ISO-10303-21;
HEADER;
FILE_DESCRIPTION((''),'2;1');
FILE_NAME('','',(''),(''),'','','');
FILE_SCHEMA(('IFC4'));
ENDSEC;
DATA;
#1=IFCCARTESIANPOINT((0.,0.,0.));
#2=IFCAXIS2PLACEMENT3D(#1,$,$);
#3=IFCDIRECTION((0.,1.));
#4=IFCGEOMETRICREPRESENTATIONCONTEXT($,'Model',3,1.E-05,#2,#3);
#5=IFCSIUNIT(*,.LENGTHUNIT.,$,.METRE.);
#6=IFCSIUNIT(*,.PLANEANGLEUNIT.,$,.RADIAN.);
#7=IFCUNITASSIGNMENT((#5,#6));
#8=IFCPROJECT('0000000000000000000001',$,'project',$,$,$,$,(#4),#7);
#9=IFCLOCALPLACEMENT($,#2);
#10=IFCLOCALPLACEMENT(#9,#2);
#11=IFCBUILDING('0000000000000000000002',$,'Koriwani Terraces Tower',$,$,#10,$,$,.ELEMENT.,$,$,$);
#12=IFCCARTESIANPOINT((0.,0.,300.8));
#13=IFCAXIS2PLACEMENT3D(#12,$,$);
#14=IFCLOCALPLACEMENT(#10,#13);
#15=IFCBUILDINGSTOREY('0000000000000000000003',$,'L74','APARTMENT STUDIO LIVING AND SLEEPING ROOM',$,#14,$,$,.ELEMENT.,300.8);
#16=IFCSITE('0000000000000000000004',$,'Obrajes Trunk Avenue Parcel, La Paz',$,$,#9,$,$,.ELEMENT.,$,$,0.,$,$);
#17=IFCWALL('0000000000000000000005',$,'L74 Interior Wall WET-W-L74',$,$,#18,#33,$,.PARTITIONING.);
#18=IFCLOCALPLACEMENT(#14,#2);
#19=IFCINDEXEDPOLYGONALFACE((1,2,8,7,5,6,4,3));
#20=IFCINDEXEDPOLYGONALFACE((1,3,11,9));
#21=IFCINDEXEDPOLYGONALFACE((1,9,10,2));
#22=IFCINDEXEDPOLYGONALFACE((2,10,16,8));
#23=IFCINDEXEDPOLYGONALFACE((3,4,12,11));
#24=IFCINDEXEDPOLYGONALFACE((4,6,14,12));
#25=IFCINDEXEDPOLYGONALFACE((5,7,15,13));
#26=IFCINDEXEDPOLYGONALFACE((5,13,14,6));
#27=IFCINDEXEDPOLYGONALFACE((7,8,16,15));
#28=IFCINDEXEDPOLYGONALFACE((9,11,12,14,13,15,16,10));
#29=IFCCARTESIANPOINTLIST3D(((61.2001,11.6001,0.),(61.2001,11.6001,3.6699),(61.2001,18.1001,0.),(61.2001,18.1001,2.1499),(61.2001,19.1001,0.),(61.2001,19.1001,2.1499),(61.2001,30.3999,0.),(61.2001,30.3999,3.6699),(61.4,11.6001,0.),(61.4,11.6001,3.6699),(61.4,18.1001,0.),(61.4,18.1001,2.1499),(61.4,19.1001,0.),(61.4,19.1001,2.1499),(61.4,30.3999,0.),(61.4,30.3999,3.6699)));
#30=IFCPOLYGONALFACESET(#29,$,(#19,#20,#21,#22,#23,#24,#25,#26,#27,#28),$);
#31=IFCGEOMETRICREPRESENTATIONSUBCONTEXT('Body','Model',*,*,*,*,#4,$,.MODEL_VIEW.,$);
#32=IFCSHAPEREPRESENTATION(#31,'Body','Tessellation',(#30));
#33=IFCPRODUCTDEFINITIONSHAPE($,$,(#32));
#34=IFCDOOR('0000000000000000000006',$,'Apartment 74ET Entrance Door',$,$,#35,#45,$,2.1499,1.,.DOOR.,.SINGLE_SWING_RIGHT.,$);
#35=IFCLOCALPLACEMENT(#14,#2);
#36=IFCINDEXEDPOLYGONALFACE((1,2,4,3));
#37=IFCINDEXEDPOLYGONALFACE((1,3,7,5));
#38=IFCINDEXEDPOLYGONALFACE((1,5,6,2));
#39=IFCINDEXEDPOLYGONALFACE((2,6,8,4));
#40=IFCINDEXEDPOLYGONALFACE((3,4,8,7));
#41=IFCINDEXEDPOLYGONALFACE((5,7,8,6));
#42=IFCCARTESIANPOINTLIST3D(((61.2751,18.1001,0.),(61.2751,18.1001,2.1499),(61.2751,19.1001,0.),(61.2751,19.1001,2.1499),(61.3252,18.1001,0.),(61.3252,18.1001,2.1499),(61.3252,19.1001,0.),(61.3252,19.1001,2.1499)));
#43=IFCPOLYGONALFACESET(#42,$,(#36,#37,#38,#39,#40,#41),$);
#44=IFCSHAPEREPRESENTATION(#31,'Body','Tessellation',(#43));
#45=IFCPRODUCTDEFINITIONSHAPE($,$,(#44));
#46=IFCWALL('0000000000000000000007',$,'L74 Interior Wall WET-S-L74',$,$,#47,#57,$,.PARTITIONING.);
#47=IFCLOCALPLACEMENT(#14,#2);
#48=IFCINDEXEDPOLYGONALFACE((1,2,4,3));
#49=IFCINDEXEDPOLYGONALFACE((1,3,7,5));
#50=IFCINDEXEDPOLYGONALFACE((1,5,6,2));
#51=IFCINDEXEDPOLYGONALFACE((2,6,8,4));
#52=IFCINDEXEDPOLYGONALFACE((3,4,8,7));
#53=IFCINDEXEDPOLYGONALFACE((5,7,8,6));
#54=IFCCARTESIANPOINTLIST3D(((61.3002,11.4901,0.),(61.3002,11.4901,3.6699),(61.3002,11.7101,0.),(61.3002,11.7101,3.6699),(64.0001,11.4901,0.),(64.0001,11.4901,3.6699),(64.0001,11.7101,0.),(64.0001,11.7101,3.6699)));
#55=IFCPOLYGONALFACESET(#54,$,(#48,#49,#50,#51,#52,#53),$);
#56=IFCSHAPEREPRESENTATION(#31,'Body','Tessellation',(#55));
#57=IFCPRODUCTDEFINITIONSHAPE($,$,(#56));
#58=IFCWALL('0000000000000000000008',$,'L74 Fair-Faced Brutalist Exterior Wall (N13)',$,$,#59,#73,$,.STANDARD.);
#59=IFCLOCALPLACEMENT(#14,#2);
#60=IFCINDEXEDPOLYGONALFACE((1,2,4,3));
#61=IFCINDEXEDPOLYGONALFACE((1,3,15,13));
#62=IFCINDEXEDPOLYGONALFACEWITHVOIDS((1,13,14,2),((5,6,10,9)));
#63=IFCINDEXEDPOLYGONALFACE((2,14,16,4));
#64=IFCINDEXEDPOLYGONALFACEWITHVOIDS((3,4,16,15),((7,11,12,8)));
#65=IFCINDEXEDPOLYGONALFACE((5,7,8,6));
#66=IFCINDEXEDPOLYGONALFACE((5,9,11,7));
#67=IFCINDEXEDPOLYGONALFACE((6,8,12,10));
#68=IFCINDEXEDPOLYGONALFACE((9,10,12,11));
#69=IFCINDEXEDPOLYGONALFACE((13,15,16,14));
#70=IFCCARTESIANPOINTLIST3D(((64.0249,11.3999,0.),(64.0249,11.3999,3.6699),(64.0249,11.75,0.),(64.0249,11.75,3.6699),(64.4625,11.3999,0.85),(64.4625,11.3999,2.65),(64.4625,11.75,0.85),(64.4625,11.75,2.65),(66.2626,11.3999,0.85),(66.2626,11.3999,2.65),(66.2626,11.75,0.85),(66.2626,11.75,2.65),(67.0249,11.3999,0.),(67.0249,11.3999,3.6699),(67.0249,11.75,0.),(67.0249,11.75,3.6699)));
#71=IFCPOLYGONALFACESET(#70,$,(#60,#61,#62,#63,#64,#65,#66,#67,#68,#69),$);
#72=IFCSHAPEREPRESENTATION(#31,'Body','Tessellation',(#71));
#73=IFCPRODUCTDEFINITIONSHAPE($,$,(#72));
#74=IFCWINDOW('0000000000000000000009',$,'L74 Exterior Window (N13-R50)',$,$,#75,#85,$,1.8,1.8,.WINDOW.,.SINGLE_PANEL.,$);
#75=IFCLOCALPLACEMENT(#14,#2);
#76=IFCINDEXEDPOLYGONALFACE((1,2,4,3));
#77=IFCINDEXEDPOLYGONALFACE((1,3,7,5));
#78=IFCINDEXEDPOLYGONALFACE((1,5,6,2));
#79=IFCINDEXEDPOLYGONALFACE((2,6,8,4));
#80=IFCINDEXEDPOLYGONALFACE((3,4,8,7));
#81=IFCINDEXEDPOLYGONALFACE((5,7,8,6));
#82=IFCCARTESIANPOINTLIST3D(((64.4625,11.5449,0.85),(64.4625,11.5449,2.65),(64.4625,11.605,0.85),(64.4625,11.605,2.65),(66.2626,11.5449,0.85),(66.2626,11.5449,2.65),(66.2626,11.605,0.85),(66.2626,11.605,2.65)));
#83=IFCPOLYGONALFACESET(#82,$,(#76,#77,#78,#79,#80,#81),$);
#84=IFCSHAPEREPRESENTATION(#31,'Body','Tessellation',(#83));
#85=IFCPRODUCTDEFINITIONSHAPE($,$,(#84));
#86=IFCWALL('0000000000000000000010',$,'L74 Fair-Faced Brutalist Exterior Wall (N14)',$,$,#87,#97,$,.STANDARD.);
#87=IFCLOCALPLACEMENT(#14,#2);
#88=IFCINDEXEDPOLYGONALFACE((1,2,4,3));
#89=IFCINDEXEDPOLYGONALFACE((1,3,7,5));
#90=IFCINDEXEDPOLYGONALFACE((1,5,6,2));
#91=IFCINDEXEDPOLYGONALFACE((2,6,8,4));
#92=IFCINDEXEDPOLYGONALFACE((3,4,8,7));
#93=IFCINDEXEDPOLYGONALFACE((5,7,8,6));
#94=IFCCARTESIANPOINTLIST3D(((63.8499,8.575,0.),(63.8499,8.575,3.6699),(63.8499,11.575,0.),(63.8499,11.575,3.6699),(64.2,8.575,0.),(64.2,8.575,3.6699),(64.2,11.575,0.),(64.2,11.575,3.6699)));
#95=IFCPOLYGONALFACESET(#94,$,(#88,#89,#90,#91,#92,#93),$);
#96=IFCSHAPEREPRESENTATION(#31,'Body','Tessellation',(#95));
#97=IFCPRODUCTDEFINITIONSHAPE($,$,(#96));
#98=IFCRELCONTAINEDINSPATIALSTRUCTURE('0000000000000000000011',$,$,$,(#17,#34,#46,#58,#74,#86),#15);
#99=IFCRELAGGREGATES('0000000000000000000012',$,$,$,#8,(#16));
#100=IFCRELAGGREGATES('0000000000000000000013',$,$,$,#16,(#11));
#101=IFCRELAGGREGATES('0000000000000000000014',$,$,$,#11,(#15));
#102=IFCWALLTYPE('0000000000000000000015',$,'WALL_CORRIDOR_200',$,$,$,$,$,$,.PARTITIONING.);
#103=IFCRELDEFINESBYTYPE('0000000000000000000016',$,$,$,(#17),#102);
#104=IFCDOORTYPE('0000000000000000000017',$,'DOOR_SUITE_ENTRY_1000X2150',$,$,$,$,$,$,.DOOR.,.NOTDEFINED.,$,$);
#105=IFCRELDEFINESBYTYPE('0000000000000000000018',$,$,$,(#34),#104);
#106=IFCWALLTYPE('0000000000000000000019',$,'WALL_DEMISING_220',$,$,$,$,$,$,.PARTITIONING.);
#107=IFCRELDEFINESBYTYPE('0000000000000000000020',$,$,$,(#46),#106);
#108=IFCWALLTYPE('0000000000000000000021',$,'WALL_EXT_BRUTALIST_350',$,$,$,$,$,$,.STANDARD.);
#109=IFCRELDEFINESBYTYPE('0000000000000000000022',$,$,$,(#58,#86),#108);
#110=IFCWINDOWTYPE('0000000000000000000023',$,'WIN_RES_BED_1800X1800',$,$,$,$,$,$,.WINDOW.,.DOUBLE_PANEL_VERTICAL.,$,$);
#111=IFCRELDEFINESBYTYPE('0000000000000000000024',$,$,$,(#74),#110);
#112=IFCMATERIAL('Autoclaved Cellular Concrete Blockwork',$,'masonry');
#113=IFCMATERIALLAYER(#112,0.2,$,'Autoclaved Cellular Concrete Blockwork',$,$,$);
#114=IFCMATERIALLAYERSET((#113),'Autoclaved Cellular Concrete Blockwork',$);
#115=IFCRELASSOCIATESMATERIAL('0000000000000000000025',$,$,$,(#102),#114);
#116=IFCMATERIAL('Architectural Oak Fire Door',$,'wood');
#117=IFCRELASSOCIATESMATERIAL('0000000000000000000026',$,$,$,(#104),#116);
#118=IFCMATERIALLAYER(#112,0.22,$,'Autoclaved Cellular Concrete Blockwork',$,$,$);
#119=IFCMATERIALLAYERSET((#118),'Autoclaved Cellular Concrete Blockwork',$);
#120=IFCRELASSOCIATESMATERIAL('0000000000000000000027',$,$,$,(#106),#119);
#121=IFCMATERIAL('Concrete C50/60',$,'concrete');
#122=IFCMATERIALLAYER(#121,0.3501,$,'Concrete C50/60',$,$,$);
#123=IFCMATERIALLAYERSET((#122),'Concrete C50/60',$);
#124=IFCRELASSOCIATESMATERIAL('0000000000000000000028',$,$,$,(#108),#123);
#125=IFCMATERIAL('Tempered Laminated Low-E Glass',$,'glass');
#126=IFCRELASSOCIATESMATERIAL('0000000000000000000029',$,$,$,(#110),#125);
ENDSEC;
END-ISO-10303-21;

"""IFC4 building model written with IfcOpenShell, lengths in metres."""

from ifc_helpers import new_model, si_unit, direction, frame, frame_2d, origin, place, context, subcontext, project, spatial, rectangle, extrude, material, layer, layer_set, type_object, element, fill, save


model = new_model("IFC4")

# Units and contexts
model_context = context("Model", 3, precision=1e-05, world=origin(), true_north=direction((0.0, 1.0)))
body_context = subcontext(model_context, "Body", "Model", "MODEL_VIEW")
ifc_project = project(units=[si_unit("LENGTHUNIT", "METRE"), si_unit("PLANEANGLEUNIT", "RADIAN")], contexts=[model_context])

# Site, building, storey
site_placement = place(None, origin())
site = spatial("IfcSite", under=ifc_project, at=site_placement, Name="Obrajes Trunk Avenue Parcel, La Paz", CompositionType="ELEMENT", RefElevation=0.0)
building_placement = place(site_placement, origin())
building = spatial("IfcBuilding", under=site, at=building_placement, Name="Koriwani Terraces Tower", CompositionType="ELEMENT")
storey_placement = place(building_placement, frame((0.0, 0.0, 300.8)))
storey = spatial("IfcBuildingStorey", under=building, at=storey_placement, Name="L74", Description="APARTMENT STUDIO LIVING AND SLEEPING ROOM", CompositionType="ELEMENT", Elevation=300.8)

# Shared definitions
ifc_material_1 = material(Name="Concrete C50/60", Category="concrete")

# Wall, opening, door
ifc_material_2 = material(Name="Autoclaved Cellular Concrete Blockwork", Category="masonry")
ifc_layer_1 = layer(ifc_material_2, 0.2, Name="Autoclaved Cellular Concrete Blockwork")
ifc_layer_set_1 = layer_set([ifc_layer_1], Name="Autoclaved Cellular Concrete Blockwork")
wall_type_1 = type_object("IfcWallType", Name="WALL_CORRIDOR_200", PredefinedType="PARTITIONING", material=ifc_layer_set_1)
ifc_material_3 = material(Name="Architectural Oak Fire Door", Category="wood")
wall_1_placement = place(storey_placement, frame((61.3, 11.6001, 0.0), z_axis=(0.0, 0.0, 1.0), x_axis=(0.0, 1.0, 0.0)))
wall_1 = element("IfcWall", 1, at=wall_1_placement, inside=storey, type_object=wall_type_1, Name="L74 Interior Wall WET-W-L74", PredefinedType="PARTITIONING", context=body_context, shape_type="SweptSolid", body=[
    extrude(rectangle(XDim=18.7998, YDim=0.2, at=frame_2d((9.3999, 0.0))), origin(), (0.0, 0.0, 1.0), 3.6699),
])
opening_1_placement = place(wall_1_placement, frame((6.5, 0.0, 0.0)))
opening_1 = element("IfcOpeningElement", 2, at=opening_1_placement, cuts=wall_1, PredefinedType="OPENING", context=body_context, shape_type="SweptSolid", body=[
    extrude(rectangle(XDim=1.0, YDim=2.1499, at=frame_2d((0.5, 1.075))), frame((0.0, 0.1099, 0.0), z_axis=(0.0, -1.0, 0.0), x_axis=(1.0, 0.0, 0.0)), (0.0, 0.0, 1.0), 0.22),
])
door_type_1 = type_object("IfcDoorType", Name="DOOR_SUITE_ENTRY_1000X2150", OperationType="NOTDEFINED", PredefinedType="DOOR", material=ifc_material_3)
door_1_placement = place(opening_1_placement, origin())
door_1 = element("IfcDoor", 3, at=door_1_placement, inside=storey, type_object=door_type_1, Name="Apartment 74ET Entrance Door", OperationType="SINGLE_SWING_RIGHT", OverallHeight=2.1499, OverallWidth=1.0, PredefinedType="DOOR", context=body_context, shape_type="SweptSolid", body=[
    extrude(rectangle(XDim=1.0, YDim=2.1499, at=frame_2d((0.5, 1.075))), frame((0.0, 0.0249, 0.0), z_axis=(0.0, -1.0, 0.0), x_axis=(1.0, 0.0, 0.0)), (0.0, 0.0, 1.0), 0.05),
])
fill(opening_1, door_1)

# Wall
ifc_layer_2 = layer(ifc_material_2, 0.22, Name="Autoclaved Cellular Concrete Blockwork")
ifc_layer_set_2 = layer_set([ifc_layer_2], Name="Autoclaved Cellular Concrete Blockwork")
wall_type_2 = type_object("IfcWallType", Name="WALL_DEMISING_220", PredefinedType="PARTITIONING", material=ifc_layer_set_2)
wall_2_placement = place(storey_placement, frame((61.3, 11.6001, 0.0), z_axis=(0.0, 0.0, 1.0), x_axis=(1.0, 0.0, 0.0)))
element("IfcWall", 4, at=wall_2_placement, inside=storey, type_object=wall_type_2, Name="L74 Interior Wall WET-S-L74", PredefinedType="PARTITIONING", context=body_context, shape_type="SweptSolid", body=[
    extrude(rectangle(XDim=2.7, YDim=0.22, at=frame_2d((1.3501, 0.0))), origin(), (0.0, 0.0, 1.0), 3.6699),
])

# Wall, opening, window
ifc_layer_3 = layer(ifc_material_1, 0.3501, Name="Concrete C50/60")
ifc_layer_set_3 = layer_set([ifc_layer_3], Name="Concrete C50/60")
wall_type_3 = type_object("IfcWallType", Name="WALL_EXT_BRUTALIST_350", PredefinedType="STANDARD", material=ifc_layer_set_3)
wall_3_placement = place(storey_placement, frame((67.0249, 11.575, 0.0), z_axis=(0.0, 0.0, 1.0), x_axis=(-1.0, 0.0, 0.0)))
wall_3 = element("IfcWall", 5, at=wall_3_placement, inside=storey, type_object=wall_type_3, Name="L74 Fair-Faced Brutalist Exterior Wall (N13)", PredefinedType="STANDARD", context=body_context, shape_type="SweptSolid", body=[
    extrude(rectangle(XDim=3.0, YDim=0.3501, at=frame_2d((1.5, 0.0))), origin(), (0.0, 0.0, 1.0), 3.6699),
])
opening_2_placement = place(wall_3_placement, frame((0.7625, 0.0, 0.8501)))
opening_2 = element("IfcOpeningElement", 6, at=opening_2_placement, cuts=wall_3, PredefinedType="OPENING", context=body_context, shape_type="SweptSolid", body=[
    extrude(rectangle(XDim=1.8, YDim=1.8, at=frame_2d((0.8999, 0.8999))), frame((0.0, 0.1851, 0.0), z_axis=(0.0, -1.0, 0.0), x_axis=(1.0, 0.0, 0.0)), (0.0, 0.0, 1.0), 0.3701),
])
ifc_material_4 = material(Name="Tempered Laminated Low-E Glass", Category="glass")
window_type_1 = type_object("IfcWindowType", Name="WIN_RES_BED_1800X1800", PartitioningType="DOUBLE_PANEL_VERTICAL", PredefinedType="WINDOW", material=ifc_material_4)
window_1_placement = place(opening_2_placement, origin())
window_1 = element("IfcWindow", 7, at=window_1_placement, inside=storey, type_object=window_type_1, Name="L74 Exterior Window (N13-R50)", OverallHeight=1.8, OverallWidth=1.8, PartitioningType="SINGLE_PANEL", PredefinedType="WINDOW", context=body_context, shape_type="SweptSolid", body=[
    extrude(rectangle(XDim=1.8, YDim=1.8, at=frame_2d((0.8999, 0.8999))), frame((0.0, 0.03, 0.0), z_axis=(0.0, -1.0, 0.0), x_axis=(1.0, 0.0, 0.0)), (0.0, 0.0, 1.0), 0.0601),
])
fill(opening_2, window_1)

# Wall
wall_4_placement = place(storey_placement, frame((64.0249, 11.575, 0.0), z_axis=(0.0, 0.0, 1.0), x_axis=(0.0, -1.0, 0.0)))
element("IfcWall", 8, at=wall_4_placement, inside=storey, type_object=wall_type_3, Name="L74 Fair-Faced Brutalist Exterior Wall (N14)", PredefinedType="STANDARD", context=body_context, shape_type="SweptSolid", body=[
    extrude(rectangle(XDim=3.0, YDim=0.3501, at=frame_2d((1.5, 0.0))), origin(), (0.0, 0.0, 1.0), 3.6699),
])

save(model, "model.ifc")
